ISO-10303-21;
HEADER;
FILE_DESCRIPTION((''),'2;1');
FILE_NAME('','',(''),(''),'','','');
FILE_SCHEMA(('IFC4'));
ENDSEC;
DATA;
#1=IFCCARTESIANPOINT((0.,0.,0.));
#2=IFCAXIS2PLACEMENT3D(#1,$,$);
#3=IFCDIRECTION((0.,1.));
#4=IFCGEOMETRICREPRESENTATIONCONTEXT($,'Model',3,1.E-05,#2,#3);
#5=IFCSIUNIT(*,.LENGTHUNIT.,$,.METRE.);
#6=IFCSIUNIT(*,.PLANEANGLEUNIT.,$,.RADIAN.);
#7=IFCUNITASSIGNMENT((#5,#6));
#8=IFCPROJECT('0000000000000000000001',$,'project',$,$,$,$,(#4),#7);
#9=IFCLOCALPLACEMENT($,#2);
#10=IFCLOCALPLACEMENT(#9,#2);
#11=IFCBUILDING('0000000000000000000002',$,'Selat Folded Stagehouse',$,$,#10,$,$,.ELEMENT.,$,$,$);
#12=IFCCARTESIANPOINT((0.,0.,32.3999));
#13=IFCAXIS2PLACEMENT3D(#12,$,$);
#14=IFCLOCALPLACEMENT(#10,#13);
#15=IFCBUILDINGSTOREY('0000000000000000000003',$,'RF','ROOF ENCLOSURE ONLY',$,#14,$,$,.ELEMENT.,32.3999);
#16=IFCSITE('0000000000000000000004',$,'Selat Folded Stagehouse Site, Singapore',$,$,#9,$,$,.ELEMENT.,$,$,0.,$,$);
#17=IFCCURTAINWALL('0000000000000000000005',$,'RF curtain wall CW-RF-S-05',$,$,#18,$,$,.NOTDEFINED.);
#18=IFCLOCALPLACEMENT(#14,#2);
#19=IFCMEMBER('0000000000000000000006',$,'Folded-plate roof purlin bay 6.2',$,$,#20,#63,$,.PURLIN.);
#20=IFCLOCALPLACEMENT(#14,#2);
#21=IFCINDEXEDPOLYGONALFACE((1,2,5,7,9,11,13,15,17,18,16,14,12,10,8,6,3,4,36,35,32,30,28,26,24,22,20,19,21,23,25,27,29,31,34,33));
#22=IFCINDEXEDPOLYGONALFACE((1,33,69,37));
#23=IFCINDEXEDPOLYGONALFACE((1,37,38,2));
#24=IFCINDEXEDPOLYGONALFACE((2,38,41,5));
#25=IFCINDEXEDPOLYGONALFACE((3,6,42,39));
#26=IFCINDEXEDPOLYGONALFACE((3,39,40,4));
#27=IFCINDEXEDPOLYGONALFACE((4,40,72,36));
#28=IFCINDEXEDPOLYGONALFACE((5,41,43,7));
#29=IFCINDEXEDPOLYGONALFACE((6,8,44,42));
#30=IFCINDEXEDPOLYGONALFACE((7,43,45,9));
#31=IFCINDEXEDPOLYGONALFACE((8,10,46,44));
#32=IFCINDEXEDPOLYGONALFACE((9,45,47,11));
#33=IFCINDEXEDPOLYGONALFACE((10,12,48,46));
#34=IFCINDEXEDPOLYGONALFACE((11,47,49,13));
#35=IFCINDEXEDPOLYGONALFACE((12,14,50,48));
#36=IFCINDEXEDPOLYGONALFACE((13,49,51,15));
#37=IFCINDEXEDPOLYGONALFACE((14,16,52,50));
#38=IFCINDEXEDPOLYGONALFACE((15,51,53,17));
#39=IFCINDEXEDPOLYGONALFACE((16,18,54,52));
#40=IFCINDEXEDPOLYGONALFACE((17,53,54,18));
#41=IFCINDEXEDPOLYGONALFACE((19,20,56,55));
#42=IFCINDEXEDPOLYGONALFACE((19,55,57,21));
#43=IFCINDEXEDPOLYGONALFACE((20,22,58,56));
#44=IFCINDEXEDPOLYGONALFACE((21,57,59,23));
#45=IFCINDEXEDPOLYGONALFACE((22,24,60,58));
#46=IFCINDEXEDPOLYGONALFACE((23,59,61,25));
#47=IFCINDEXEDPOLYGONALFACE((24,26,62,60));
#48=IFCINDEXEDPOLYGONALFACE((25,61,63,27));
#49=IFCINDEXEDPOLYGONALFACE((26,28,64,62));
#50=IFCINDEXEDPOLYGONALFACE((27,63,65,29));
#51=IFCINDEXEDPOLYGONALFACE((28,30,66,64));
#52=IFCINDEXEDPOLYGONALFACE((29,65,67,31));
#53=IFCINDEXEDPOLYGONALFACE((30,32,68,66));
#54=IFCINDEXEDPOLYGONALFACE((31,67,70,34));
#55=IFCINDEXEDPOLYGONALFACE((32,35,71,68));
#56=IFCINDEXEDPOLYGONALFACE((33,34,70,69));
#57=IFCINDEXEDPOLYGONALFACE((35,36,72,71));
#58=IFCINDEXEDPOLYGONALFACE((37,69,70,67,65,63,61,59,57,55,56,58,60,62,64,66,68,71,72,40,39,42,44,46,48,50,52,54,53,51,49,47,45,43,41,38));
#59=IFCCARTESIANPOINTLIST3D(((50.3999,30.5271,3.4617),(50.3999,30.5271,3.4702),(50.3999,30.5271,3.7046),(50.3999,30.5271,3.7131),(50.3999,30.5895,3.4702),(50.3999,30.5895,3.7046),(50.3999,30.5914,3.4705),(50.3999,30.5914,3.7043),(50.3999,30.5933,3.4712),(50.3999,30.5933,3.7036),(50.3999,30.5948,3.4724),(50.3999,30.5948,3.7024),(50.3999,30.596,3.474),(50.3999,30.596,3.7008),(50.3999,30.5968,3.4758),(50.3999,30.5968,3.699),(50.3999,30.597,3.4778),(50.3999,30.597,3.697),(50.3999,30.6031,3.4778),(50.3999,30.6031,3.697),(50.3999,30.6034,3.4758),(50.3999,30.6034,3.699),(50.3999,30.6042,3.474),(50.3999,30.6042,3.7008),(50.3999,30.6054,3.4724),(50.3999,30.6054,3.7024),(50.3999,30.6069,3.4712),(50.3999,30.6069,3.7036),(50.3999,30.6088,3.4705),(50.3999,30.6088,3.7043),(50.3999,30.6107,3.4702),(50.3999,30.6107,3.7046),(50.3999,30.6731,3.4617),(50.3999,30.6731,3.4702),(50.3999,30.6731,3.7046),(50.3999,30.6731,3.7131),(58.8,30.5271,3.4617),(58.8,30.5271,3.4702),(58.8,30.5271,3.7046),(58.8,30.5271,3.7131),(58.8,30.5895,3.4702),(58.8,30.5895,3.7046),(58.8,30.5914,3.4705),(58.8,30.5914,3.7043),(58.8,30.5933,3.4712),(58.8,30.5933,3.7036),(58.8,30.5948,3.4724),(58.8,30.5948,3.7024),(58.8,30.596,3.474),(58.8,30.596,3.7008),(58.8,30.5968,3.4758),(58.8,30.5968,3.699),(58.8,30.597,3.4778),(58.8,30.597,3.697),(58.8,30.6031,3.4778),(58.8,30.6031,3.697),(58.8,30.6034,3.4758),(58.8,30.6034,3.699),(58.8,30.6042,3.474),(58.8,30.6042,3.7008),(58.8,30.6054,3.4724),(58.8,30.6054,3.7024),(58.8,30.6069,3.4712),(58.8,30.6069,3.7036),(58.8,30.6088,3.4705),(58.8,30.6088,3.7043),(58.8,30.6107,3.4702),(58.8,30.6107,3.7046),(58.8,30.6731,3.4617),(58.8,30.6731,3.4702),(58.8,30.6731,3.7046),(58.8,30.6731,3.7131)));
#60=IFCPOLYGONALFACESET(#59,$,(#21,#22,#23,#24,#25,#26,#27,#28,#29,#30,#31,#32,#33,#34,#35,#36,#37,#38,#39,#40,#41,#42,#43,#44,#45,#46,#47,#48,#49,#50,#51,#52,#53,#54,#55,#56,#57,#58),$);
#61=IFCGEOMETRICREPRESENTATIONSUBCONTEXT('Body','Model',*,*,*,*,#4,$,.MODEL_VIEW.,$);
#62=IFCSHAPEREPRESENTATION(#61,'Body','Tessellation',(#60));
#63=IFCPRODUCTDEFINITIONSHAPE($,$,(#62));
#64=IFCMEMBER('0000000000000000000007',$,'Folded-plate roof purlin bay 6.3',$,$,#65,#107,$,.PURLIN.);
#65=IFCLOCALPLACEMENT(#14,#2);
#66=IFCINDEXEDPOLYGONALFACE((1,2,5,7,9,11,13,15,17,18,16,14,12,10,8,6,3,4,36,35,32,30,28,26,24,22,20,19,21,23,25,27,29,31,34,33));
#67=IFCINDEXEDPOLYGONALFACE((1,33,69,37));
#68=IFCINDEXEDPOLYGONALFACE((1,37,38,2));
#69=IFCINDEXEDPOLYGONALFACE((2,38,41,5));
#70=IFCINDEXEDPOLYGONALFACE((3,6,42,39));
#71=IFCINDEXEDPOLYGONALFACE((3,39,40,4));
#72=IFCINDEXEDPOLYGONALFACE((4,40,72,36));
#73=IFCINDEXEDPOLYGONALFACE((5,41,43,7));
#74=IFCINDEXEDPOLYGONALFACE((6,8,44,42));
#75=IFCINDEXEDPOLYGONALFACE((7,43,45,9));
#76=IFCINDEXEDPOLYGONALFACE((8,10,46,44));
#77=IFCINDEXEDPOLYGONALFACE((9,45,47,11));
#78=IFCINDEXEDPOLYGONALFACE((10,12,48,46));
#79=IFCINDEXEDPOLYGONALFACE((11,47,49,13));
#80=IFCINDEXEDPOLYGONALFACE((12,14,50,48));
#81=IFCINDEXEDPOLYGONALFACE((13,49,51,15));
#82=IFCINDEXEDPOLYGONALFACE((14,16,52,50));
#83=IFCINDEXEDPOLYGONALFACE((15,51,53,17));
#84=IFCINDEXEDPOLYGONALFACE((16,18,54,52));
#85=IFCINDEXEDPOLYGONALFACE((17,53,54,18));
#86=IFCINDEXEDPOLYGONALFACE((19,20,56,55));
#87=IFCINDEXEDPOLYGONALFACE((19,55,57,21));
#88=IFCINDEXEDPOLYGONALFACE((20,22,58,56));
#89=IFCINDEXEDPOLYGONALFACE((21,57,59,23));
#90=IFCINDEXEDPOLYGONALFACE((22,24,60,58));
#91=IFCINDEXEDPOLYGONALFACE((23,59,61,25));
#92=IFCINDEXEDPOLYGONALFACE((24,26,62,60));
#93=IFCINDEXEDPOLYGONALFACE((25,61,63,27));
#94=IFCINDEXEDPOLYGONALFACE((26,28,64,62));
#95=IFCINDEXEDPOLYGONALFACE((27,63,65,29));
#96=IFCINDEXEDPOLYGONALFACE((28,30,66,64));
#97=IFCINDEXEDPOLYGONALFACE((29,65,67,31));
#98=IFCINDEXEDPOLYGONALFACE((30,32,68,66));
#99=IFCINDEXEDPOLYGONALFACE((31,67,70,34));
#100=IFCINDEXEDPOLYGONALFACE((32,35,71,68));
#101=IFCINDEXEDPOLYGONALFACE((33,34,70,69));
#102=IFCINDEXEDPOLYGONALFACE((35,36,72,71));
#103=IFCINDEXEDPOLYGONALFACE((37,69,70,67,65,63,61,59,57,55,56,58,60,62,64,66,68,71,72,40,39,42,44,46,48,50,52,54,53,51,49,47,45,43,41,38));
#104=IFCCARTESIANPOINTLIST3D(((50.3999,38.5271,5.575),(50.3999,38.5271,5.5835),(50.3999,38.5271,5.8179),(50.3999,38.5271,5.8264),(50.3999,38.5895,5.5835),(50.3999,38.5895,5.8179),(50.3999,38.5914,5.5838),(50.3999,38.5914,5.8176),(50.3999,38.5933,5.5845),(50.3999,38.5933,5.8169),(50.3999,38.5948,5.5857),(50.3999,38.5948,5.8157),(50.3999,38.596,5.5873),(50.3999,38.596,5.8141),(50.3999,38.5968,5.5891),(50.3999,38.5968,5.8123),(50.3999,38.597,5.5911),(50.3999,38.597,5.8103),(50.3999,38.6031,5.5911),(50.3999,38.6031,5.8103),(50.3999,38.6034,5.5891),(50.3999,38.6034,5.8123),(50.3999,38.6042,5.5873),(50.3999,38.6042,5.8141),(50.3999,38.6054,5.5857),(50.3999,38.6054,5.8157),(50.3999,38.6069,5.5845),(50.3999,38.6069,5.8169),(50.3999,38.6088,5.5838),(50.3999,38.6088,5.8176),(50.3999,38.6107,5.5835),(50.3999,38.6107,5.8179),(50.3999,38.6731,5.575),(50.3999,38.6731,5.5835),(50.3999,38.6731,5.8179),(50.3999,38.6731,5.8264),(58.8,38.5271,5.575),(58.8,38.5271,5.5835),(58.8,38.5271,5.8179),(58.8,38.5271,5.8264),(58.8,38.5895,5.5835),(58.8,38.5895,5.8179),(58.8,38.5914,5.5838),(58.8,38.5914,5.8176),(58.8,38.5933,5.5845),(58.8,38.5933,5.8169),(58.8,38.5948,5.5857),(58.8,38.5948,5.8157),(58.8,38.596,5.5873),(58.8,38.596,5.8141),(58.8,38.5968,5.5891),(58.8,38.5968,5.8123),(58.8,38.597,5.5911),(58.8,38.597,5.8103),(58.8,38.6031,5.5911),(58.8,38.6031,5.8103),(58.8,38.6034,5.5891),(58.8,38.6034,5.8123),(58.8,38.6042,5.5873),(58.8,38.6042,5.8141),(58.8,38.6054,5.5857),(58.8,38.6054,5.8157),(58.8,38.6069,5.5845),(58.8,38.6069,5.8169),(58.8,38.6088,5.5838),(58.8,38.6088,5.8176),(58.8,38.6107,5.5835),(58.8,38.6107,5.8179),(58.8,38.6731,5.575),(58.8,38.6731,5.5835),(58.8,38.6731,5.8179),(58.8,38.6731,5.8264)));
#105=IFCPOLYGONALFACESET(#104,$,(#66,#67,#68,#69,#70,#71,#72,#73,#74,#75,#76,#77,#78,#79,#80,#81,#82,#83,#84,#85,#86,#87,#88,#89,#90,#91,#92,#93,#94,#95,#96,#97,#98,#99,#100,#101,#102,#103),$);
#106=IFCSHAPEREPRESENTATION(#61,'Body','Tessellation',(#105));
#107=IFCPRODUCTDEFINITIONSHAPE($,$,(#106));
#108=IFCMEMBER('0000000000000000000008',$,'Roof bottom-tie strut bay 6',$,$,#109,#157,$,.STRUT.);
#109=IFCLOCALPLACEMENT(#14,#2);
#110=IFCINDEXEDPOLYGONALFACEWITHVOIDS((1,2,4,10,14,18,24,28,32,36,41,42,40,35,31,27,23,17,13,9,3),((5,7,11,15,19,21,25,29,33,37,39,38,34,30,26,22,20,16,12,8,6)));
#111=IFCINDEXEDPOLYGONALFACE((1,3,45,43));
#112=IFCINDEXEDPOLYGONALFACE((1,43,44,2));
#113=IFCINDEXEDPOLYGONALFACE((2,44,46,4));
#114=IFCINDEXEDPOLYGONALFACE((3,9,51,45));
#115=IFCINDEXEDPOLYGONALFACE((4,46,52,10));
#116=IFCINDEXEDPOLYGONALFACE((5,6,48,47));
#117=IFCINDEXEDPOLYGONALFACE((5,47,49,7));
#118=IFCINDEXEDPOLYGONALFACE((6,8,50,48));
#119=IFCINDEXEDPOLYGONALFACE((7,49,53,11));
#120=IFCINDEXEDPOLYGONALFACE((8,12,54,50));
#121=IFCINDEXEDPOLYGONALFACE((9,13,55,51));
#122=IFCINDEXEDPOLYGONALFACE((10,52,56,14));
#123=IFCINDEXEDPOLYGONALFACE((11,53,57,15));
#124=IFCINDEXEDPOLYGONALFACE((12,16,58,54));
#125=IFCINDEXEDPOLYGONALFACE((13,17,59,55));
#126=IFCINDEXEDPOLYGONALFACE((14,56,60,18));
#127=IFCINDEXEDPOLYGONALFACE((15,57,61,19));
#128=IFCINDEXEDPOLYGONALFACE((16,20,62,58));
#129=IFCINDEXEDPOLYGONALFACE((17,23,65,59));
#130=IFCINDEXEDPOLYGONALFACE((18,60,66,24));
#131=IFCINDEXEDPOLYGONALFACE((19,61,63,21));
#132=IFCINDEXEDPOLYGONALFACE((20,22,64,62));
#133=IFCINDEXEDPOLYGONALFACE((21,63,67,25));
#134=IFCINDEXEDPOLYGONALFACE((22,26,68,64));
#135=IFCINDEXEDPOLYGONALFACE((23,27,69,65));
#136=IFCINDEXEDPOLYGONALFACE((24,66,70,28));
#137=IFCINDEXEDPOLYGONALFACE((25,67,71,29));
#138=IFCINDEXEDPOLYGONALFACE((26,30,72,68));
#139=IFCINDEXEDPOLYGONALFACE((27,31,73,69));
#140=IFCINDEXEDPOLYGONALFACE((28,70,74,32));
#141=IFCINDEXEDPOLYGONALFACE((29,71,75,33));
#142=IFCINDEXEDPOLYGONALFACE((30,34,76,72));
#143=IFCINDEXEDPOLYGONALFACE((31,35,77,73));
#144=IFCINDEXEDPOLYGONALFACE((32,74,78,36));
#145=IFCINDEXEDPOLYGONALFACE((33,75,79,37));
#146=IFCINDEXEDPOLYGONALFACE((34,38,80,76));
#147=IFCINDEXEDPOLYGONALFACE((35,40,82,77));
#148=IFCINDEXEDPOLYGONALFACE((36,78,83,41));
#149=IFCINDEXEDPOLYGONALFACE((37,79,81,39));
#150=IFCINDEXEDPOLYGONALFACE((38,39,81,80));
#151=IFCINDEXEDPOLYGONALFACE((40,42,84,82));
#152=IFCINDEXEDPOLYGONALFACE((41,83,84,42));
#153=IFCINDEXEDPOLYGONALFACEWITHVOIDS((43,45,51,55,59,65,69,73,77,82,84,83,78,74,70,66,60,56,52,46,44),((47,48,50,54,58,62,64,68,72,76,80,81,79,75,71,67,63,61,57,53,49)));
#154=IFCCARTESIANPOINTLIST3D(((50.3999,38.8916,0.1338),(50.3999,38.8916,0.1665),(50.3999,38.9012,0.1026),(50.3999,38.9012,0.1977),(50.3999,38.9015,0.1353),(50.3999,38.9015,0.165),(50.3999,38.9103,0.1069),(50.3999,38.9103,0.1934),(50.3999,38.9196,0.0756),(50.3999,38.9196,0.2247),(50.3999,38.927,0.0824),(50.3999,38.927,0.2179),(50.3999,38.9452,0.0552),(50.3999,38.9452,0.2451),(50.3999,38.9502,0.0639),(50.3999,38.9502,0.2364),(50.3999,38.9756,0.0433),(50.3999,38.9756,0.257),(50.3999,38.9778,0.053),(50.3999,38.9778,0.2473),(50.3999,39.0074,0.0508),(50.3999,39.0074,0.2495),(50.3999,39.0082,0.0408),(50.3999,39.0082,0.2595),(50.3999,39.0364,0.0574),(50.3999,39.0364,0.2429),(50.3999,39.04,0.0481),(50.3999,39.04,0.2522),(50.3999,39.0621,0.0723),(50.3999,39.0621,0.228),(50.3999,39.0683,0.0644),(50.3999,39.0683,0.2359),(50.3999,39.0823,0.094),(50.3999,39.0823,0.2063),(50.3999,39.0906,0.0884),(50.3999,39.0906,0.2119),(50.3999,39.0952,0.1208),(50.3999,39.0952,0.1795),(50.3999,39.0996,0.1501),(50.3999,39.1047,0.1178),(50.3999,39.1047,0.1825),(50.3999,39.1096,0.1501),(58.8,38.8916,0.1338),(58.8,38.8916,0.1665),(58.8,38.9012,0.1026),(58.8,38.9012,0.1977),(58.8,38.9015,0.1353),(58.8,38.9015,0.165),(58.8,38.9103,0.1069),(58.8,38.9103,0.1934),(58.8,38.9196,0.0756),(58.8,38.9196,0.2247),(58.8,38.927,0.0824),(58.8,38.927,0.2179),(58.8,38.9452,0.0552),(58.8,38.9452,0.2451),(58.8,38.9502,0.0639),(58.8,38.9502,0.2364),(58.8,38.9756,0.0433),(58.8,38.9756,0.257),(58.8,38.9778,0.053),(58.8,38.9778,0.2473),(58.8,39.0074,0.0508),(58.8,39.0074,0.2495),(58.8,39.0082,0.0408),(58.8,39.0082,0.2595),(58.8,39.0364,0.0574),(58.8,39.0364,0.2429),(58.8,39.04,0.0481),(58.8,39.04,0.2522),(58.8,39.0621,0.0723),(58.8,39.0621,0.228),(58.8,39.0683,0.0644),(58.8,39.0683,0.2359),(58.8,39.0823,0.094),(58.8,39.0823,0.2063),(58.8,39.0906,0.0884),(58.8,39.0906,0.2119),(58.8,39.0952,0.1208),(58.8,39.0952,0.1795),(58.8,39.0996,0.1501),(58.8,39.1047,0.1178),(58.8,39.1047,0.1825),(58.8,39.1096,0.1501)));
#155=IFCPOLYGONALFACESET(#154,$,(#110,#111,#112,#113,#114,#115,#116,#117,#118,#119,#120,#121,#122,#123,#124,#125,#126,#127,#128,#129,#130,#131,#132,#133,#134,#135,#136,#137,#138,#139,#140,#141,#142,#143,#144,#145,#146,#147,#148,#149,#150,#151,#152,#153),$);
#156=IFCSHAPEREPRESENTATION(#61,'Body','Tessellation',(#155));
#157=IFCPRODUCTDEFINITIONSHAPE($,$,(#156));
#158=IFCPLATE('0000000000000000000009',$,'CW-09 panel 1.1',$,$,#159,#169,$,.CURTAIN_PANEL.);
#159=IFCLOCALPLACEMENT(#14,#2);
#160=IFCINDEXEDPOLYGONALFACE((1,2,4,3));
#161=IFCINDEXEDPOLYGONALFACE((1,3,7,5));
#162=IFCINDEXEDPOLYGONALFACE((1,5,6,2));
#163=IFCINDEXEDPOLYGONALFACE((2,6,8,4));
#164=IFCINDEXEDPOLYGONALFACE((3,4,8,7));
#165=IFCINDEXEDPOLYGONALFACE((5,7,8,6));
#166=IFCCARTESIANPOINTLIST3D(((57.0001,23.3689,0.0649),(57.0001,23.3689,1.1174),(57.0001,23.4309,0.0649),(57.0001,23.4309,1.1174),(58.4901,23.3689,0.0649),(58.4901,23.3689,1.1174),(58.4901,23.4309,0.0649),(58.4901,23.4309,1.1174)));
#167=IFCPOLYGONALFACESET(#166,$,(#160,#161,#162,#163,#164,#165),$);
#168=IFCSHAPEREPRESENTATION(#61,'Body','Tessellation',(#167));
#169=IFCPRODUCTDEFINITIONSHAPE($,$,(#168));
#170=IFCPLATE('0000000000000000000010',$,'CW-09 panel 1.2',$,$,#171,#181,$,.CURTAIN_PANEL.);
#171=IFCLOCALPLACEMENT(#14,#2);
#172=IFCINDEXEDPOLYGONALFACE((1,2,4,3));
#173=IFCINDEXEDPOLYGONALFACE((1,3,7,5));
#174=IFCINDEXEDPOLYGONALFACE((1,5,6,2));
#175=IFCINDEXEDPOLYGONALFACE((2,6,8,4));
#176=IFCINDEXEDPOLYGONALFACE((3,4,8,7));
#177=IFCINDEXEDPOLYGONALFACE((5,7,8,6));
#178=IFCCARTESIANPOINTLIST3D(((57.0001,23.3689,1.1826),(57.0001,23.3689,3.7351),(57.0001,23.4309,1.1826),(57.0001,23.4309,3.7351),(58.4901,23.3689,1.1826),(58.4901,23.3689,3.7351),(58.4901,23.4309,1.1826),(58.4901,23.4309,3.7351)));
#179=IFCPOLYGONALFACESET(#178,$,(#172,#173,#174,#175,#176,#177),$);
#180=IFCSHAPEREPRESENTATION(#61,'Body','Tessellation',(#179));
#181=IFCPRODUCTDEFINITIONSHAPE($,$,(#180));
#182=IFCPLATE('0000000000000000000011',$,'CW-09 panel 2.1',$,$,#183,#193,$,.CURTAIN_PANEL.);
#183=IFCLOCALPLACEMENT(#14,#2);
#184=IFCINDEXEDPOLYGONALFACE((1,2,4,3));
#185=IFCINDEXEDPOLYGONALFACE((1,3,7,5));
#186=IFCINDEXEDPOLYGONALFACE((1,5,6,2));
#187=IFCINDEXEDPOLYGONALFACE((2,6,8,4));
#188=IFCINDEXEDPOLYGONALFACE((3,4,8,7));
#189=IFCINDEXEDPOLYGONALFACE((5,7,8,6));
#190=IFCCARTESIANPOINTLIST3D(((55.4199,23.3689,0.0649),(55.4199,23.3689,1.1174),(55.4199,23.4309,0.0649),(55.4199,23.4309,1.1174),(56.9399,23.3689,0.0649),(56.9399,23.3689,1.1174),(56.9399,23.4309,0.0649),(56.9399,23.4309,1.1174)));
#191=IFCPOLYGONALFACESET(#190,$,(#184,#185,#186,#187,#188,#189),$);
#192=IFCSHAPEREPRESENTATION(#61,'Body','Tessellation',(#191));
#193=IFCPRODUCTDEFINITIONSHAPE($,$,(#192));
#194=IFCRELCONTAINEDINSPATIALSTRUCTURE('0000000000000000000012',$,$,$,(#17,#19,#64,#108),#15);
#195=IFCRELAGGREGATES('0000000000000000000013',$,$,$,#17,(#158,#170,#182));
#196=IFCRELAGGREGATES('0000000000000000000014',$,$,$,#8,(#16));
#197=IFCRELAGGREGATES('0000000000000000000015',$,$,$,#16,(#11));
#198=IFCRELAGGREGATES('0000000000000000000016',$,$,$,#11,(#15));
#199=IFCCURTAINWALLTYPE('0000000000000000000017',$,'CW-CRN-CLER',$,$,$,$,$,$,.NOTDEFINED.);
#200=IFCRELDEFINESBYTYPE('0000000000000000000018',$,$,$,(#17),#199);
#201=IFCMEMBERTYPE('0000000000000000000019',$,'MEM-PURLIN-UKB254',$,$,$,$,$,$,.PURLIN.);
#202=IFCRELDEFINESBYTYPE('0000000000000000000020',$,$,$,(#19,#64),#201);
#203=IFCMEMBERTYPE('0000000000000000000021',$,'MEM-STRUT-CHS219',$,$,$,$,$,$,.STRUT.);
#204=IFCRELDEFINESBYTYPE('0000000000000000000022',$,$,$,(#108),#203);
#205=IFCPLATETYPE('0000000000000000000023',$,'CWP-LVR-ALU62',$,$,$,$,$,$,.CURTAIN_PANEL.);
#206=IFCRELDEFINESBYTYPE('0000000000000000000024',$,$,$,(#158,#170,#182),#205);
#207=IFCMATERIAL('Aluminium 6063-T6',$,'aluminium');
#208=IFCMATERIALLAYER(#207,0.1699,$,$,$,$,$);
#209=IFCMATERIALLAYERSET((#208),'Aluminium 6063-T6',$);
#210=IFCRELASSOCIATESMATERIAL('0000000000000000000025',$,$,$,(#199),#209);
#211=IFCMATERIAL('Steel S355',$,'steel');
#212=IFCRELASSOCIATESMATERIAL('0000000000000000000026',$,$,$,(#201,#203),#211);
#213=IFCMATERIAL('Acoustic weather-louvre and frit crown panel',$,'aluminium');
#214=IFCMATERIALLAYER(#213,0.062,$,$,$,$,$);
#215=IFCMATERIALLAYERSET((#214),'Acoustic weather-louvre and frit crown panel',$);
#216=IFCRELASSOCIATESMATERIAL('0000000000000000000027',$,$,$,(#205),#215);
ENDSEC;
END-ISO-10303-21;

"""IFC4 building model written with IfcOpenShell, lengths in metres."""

from ifc_helpers import new_model, si_unit, direction, frame, origin, origin_2d, place, context, subcontext, project, spatial, rectangle, hollow_circle, i_section, extrude, material, layer, layer_set, material_profile, profile_set, type_object, element, aggregate, save


model = new_model("IFC4")

# Units and contexts
model_context = context("Model", 3, precision=1e-05, world=origin(), true_north=direction((0.0, 1.0)))
body_context = subcontext(model_context, "Body", "Model", "MODEL_VIEW")
ifc_project = project(units=[si_unit("LENGTHUNIT", "METRE"), si_unit("PLANEANGLEUNIT", "RADIAN")], contexts=[model_context])

# Site, building, storey
site_placement = place(None, origin())
site = spatial("IfcSite", under=ifc_project, at=site_placement, Name="Selat Folded Stagehouse Site, Singapore", CompositionType="ELEMENT", RefElevation=0.0)
building_placement = place(site_placement, origin())
building = spatial("IfcBuilding", under=site, at=building_placement, Name="Selat Folded Stagehouse", CompositionType="ELEMENT")
storey_placement = place(building_placement, frame((0.0, 0.0, 32.3999)))
storey = spatial("IfcBuildingStorey", under=building, at=storey_placement, Name="RF", Description="ROOF ENCLOSURE ONLY", CompositionType="ELEMENT", Elevation=32.3999)

# Shared definitions
ifc_material_1 = material(Name="Steel S355", Category="steel")

# Curtain wall
ifc_material_2 = material(Name="Aluminium 6063-T6", Category="aluminium")
ifc_layer_1 = layer(ifc_material_2, 0.1699)
ifc_layer_set_1 = layer_set([ifc_layer_1], Name="Aluminium 6063-T6")
curtain_wall_type = type_object("IfcCurtainWallType", Name="CW-CRN-CLER", PredefinedType="NOTDEFINED", material=ifc_layer_set_1)
curtain_wall_placement = place(storey_placement, origin())
curtain_wall = element("IfcCurtainWall", 1, at=curtain_wall_placement, inside=storey, type_object=curtain_wall_type, Name="RF curtain wall CW-RF-S-05", PredefinedType="NOTDEFINED")

# Members
ifc_material_profile_1 = material_profile(ifc_material_1, i_section(OverallWidth=0.146, OverallDepth=0.2515, WebThickness=0.0061, FlangeThickness=0.0085, FilletRadius=0.0076, at=origin_2d()), Name="UKB 254x146x31")
ifc_profile_set_1 = profile_set([ifc_material_profile_1], Name="Steel S355")
member_type_1 = type_object("IfcMemberType", Name="MEM-PURLIN-UKB254", PredefinedType="PURLIN", material=ifc_profile_set_1)
for number, where, z_axis, x_axis, name in (
    (2, (50.3999, 30.6001, 3.5874), (1.0, 0.0, 0.0), (0.0, 1.0, 0.0), "Folded-plate roof purlin bay 6.2"),
    (3, (50.3999, 38.6001, 5.7007), (1.0, 0.0, 0.0), (0.0, 1.0, 0.0), "Folded-plate roof purlin bay 6.3"),
):
    element("IfcMember", number, at=place(storey_placement, frame(where, z_axis=z_axis, x_axis=x_axis)), inside=storey, type_object=member_type_1, Name=name, PredefinedType="PURLIN", context=body_context, shape_type="SweptSolid", body=[
        extrude(i_section(OverallWidth=0.146, OverallDepth=0.2515, WebThickness=0.0061, FlangeThickness=0.0085, FilletRadius=0.0076, at=origin_2d()), origin(), (0.0, 0.0, 1.0), 8.4001),
    ])
ifc_material_profile_2 = material_profile(ifc_material_1, hollow_circle(Radius=0.1096, WallThickness=0.01, at=origin_2d()), Name="CHS 219.1x10.0")
ifc_profile_set_2 = profile_set([ifc_material_profile_2], Name="Steel S355")
member_type_2 = type_object("IfcMemberType", Name="MEM-STRUT-CHS219", PredefinedType="STRUT", material=ifc_profile_set_2)
member_1_placement = place(storey_placement, frame((50.3999, 39.0, 0.1501), z_axis=(1.0, 0.0, 0.0), x_axis=(0.0, 1.0, 0.0)))
element("IfcMember", 4, at=member_1_placement, inside=storey, type_object=member_type_2, Name="Roof bottom-tie strut bay 6", PredefinedType="STRUT", context=body_context, shape_type="SweptSolid", body=[
    extrude(hollow_circle(Radius=0.1096, WallThickness=0.01, at=origin_2d()), origin(), (0.0, 0.0, 1.0), 8.4001),
])

# Plates
ifc_material_3 = material(Name="Acoustic weather-louvre and frit crown panel", Category="aluminium")
ifc_layer_2 = layer(ifc_material_3, 0.062)
ifc_layer_set_2 = layer_set([ifc_layer_2], Name="Acoustic weather-louvre and frit crown panel")
plate_type_1 = type_object("IfcPlateType", Name="CWP-LVR-ALU62", PredefinedType="CURTAIN_PANEL", material=ifc_layer_set_2)
plate_1_placement = place(storey_placement, frame((57.7451, 23.3999, 0.0649), z_axis=(0.0, 0.0, 1.0), x_axis=(-1.0, 0.0, 0.0)))
plate_1 = element("IfcPlate", 5, at=plate_1_placement, type_object=plate_type_1, Name="CW-09 panel 1.1", PredefinedType="CURTAIN_PANEL", context=body_context, shape_type="SweptSolid", body=[
    extrude(rectangle(XDim=1.49, YDim=0.062, at=origin_2d()), origin(), (0.0, 0.0, 1.0), 1.0525),
])
plate_2_placement = place(storey_placement, frame((57.7451, 23.3999, 1.1826), z_axis=(0.0, 0.0, 1.0), x_axis=(-1.0, 0.0, 0.0)))
plate_2 = element("IfcPlate", 6, at=plate_2_placement, type_object=plate_type_1, Name="CW-09 panel 1.2", PredefinedType="CURTAIN_PANEL", context=body_context, shape_type="SweptSolid", body=[
    extrude(rectangle(XDim=1.49, YDim=0.062, at=origin_2d()), origin(), (0.0, 0.0, 1.0), 2.5525),
])
plate_3_placement = place(storey_placement, frame((56.1799, 23.3999, 0.0649), z_axis=(0.0, 0.0, 1.0), x_axis=(-1.0, 0.0, 0.0)))
plate_3 = element("IfcPlate", 7, at=plate_3_placement, type_object=plate_type_1, Name="CW-09 panel 2.1", PredefinedType="CURTAIN_PANEL", context=body_context, shape_type="SweptSolid", body=[
    extrude(rectangle(XDim=1.52, YDim=0.062, at=origin_2d()), origin(), (0.0, 0.0, 1.0), 1.0525),
])
aggregate(curtain_wall, [plate_1, plate_2, plate_3])

save(model, "model.ifc")
